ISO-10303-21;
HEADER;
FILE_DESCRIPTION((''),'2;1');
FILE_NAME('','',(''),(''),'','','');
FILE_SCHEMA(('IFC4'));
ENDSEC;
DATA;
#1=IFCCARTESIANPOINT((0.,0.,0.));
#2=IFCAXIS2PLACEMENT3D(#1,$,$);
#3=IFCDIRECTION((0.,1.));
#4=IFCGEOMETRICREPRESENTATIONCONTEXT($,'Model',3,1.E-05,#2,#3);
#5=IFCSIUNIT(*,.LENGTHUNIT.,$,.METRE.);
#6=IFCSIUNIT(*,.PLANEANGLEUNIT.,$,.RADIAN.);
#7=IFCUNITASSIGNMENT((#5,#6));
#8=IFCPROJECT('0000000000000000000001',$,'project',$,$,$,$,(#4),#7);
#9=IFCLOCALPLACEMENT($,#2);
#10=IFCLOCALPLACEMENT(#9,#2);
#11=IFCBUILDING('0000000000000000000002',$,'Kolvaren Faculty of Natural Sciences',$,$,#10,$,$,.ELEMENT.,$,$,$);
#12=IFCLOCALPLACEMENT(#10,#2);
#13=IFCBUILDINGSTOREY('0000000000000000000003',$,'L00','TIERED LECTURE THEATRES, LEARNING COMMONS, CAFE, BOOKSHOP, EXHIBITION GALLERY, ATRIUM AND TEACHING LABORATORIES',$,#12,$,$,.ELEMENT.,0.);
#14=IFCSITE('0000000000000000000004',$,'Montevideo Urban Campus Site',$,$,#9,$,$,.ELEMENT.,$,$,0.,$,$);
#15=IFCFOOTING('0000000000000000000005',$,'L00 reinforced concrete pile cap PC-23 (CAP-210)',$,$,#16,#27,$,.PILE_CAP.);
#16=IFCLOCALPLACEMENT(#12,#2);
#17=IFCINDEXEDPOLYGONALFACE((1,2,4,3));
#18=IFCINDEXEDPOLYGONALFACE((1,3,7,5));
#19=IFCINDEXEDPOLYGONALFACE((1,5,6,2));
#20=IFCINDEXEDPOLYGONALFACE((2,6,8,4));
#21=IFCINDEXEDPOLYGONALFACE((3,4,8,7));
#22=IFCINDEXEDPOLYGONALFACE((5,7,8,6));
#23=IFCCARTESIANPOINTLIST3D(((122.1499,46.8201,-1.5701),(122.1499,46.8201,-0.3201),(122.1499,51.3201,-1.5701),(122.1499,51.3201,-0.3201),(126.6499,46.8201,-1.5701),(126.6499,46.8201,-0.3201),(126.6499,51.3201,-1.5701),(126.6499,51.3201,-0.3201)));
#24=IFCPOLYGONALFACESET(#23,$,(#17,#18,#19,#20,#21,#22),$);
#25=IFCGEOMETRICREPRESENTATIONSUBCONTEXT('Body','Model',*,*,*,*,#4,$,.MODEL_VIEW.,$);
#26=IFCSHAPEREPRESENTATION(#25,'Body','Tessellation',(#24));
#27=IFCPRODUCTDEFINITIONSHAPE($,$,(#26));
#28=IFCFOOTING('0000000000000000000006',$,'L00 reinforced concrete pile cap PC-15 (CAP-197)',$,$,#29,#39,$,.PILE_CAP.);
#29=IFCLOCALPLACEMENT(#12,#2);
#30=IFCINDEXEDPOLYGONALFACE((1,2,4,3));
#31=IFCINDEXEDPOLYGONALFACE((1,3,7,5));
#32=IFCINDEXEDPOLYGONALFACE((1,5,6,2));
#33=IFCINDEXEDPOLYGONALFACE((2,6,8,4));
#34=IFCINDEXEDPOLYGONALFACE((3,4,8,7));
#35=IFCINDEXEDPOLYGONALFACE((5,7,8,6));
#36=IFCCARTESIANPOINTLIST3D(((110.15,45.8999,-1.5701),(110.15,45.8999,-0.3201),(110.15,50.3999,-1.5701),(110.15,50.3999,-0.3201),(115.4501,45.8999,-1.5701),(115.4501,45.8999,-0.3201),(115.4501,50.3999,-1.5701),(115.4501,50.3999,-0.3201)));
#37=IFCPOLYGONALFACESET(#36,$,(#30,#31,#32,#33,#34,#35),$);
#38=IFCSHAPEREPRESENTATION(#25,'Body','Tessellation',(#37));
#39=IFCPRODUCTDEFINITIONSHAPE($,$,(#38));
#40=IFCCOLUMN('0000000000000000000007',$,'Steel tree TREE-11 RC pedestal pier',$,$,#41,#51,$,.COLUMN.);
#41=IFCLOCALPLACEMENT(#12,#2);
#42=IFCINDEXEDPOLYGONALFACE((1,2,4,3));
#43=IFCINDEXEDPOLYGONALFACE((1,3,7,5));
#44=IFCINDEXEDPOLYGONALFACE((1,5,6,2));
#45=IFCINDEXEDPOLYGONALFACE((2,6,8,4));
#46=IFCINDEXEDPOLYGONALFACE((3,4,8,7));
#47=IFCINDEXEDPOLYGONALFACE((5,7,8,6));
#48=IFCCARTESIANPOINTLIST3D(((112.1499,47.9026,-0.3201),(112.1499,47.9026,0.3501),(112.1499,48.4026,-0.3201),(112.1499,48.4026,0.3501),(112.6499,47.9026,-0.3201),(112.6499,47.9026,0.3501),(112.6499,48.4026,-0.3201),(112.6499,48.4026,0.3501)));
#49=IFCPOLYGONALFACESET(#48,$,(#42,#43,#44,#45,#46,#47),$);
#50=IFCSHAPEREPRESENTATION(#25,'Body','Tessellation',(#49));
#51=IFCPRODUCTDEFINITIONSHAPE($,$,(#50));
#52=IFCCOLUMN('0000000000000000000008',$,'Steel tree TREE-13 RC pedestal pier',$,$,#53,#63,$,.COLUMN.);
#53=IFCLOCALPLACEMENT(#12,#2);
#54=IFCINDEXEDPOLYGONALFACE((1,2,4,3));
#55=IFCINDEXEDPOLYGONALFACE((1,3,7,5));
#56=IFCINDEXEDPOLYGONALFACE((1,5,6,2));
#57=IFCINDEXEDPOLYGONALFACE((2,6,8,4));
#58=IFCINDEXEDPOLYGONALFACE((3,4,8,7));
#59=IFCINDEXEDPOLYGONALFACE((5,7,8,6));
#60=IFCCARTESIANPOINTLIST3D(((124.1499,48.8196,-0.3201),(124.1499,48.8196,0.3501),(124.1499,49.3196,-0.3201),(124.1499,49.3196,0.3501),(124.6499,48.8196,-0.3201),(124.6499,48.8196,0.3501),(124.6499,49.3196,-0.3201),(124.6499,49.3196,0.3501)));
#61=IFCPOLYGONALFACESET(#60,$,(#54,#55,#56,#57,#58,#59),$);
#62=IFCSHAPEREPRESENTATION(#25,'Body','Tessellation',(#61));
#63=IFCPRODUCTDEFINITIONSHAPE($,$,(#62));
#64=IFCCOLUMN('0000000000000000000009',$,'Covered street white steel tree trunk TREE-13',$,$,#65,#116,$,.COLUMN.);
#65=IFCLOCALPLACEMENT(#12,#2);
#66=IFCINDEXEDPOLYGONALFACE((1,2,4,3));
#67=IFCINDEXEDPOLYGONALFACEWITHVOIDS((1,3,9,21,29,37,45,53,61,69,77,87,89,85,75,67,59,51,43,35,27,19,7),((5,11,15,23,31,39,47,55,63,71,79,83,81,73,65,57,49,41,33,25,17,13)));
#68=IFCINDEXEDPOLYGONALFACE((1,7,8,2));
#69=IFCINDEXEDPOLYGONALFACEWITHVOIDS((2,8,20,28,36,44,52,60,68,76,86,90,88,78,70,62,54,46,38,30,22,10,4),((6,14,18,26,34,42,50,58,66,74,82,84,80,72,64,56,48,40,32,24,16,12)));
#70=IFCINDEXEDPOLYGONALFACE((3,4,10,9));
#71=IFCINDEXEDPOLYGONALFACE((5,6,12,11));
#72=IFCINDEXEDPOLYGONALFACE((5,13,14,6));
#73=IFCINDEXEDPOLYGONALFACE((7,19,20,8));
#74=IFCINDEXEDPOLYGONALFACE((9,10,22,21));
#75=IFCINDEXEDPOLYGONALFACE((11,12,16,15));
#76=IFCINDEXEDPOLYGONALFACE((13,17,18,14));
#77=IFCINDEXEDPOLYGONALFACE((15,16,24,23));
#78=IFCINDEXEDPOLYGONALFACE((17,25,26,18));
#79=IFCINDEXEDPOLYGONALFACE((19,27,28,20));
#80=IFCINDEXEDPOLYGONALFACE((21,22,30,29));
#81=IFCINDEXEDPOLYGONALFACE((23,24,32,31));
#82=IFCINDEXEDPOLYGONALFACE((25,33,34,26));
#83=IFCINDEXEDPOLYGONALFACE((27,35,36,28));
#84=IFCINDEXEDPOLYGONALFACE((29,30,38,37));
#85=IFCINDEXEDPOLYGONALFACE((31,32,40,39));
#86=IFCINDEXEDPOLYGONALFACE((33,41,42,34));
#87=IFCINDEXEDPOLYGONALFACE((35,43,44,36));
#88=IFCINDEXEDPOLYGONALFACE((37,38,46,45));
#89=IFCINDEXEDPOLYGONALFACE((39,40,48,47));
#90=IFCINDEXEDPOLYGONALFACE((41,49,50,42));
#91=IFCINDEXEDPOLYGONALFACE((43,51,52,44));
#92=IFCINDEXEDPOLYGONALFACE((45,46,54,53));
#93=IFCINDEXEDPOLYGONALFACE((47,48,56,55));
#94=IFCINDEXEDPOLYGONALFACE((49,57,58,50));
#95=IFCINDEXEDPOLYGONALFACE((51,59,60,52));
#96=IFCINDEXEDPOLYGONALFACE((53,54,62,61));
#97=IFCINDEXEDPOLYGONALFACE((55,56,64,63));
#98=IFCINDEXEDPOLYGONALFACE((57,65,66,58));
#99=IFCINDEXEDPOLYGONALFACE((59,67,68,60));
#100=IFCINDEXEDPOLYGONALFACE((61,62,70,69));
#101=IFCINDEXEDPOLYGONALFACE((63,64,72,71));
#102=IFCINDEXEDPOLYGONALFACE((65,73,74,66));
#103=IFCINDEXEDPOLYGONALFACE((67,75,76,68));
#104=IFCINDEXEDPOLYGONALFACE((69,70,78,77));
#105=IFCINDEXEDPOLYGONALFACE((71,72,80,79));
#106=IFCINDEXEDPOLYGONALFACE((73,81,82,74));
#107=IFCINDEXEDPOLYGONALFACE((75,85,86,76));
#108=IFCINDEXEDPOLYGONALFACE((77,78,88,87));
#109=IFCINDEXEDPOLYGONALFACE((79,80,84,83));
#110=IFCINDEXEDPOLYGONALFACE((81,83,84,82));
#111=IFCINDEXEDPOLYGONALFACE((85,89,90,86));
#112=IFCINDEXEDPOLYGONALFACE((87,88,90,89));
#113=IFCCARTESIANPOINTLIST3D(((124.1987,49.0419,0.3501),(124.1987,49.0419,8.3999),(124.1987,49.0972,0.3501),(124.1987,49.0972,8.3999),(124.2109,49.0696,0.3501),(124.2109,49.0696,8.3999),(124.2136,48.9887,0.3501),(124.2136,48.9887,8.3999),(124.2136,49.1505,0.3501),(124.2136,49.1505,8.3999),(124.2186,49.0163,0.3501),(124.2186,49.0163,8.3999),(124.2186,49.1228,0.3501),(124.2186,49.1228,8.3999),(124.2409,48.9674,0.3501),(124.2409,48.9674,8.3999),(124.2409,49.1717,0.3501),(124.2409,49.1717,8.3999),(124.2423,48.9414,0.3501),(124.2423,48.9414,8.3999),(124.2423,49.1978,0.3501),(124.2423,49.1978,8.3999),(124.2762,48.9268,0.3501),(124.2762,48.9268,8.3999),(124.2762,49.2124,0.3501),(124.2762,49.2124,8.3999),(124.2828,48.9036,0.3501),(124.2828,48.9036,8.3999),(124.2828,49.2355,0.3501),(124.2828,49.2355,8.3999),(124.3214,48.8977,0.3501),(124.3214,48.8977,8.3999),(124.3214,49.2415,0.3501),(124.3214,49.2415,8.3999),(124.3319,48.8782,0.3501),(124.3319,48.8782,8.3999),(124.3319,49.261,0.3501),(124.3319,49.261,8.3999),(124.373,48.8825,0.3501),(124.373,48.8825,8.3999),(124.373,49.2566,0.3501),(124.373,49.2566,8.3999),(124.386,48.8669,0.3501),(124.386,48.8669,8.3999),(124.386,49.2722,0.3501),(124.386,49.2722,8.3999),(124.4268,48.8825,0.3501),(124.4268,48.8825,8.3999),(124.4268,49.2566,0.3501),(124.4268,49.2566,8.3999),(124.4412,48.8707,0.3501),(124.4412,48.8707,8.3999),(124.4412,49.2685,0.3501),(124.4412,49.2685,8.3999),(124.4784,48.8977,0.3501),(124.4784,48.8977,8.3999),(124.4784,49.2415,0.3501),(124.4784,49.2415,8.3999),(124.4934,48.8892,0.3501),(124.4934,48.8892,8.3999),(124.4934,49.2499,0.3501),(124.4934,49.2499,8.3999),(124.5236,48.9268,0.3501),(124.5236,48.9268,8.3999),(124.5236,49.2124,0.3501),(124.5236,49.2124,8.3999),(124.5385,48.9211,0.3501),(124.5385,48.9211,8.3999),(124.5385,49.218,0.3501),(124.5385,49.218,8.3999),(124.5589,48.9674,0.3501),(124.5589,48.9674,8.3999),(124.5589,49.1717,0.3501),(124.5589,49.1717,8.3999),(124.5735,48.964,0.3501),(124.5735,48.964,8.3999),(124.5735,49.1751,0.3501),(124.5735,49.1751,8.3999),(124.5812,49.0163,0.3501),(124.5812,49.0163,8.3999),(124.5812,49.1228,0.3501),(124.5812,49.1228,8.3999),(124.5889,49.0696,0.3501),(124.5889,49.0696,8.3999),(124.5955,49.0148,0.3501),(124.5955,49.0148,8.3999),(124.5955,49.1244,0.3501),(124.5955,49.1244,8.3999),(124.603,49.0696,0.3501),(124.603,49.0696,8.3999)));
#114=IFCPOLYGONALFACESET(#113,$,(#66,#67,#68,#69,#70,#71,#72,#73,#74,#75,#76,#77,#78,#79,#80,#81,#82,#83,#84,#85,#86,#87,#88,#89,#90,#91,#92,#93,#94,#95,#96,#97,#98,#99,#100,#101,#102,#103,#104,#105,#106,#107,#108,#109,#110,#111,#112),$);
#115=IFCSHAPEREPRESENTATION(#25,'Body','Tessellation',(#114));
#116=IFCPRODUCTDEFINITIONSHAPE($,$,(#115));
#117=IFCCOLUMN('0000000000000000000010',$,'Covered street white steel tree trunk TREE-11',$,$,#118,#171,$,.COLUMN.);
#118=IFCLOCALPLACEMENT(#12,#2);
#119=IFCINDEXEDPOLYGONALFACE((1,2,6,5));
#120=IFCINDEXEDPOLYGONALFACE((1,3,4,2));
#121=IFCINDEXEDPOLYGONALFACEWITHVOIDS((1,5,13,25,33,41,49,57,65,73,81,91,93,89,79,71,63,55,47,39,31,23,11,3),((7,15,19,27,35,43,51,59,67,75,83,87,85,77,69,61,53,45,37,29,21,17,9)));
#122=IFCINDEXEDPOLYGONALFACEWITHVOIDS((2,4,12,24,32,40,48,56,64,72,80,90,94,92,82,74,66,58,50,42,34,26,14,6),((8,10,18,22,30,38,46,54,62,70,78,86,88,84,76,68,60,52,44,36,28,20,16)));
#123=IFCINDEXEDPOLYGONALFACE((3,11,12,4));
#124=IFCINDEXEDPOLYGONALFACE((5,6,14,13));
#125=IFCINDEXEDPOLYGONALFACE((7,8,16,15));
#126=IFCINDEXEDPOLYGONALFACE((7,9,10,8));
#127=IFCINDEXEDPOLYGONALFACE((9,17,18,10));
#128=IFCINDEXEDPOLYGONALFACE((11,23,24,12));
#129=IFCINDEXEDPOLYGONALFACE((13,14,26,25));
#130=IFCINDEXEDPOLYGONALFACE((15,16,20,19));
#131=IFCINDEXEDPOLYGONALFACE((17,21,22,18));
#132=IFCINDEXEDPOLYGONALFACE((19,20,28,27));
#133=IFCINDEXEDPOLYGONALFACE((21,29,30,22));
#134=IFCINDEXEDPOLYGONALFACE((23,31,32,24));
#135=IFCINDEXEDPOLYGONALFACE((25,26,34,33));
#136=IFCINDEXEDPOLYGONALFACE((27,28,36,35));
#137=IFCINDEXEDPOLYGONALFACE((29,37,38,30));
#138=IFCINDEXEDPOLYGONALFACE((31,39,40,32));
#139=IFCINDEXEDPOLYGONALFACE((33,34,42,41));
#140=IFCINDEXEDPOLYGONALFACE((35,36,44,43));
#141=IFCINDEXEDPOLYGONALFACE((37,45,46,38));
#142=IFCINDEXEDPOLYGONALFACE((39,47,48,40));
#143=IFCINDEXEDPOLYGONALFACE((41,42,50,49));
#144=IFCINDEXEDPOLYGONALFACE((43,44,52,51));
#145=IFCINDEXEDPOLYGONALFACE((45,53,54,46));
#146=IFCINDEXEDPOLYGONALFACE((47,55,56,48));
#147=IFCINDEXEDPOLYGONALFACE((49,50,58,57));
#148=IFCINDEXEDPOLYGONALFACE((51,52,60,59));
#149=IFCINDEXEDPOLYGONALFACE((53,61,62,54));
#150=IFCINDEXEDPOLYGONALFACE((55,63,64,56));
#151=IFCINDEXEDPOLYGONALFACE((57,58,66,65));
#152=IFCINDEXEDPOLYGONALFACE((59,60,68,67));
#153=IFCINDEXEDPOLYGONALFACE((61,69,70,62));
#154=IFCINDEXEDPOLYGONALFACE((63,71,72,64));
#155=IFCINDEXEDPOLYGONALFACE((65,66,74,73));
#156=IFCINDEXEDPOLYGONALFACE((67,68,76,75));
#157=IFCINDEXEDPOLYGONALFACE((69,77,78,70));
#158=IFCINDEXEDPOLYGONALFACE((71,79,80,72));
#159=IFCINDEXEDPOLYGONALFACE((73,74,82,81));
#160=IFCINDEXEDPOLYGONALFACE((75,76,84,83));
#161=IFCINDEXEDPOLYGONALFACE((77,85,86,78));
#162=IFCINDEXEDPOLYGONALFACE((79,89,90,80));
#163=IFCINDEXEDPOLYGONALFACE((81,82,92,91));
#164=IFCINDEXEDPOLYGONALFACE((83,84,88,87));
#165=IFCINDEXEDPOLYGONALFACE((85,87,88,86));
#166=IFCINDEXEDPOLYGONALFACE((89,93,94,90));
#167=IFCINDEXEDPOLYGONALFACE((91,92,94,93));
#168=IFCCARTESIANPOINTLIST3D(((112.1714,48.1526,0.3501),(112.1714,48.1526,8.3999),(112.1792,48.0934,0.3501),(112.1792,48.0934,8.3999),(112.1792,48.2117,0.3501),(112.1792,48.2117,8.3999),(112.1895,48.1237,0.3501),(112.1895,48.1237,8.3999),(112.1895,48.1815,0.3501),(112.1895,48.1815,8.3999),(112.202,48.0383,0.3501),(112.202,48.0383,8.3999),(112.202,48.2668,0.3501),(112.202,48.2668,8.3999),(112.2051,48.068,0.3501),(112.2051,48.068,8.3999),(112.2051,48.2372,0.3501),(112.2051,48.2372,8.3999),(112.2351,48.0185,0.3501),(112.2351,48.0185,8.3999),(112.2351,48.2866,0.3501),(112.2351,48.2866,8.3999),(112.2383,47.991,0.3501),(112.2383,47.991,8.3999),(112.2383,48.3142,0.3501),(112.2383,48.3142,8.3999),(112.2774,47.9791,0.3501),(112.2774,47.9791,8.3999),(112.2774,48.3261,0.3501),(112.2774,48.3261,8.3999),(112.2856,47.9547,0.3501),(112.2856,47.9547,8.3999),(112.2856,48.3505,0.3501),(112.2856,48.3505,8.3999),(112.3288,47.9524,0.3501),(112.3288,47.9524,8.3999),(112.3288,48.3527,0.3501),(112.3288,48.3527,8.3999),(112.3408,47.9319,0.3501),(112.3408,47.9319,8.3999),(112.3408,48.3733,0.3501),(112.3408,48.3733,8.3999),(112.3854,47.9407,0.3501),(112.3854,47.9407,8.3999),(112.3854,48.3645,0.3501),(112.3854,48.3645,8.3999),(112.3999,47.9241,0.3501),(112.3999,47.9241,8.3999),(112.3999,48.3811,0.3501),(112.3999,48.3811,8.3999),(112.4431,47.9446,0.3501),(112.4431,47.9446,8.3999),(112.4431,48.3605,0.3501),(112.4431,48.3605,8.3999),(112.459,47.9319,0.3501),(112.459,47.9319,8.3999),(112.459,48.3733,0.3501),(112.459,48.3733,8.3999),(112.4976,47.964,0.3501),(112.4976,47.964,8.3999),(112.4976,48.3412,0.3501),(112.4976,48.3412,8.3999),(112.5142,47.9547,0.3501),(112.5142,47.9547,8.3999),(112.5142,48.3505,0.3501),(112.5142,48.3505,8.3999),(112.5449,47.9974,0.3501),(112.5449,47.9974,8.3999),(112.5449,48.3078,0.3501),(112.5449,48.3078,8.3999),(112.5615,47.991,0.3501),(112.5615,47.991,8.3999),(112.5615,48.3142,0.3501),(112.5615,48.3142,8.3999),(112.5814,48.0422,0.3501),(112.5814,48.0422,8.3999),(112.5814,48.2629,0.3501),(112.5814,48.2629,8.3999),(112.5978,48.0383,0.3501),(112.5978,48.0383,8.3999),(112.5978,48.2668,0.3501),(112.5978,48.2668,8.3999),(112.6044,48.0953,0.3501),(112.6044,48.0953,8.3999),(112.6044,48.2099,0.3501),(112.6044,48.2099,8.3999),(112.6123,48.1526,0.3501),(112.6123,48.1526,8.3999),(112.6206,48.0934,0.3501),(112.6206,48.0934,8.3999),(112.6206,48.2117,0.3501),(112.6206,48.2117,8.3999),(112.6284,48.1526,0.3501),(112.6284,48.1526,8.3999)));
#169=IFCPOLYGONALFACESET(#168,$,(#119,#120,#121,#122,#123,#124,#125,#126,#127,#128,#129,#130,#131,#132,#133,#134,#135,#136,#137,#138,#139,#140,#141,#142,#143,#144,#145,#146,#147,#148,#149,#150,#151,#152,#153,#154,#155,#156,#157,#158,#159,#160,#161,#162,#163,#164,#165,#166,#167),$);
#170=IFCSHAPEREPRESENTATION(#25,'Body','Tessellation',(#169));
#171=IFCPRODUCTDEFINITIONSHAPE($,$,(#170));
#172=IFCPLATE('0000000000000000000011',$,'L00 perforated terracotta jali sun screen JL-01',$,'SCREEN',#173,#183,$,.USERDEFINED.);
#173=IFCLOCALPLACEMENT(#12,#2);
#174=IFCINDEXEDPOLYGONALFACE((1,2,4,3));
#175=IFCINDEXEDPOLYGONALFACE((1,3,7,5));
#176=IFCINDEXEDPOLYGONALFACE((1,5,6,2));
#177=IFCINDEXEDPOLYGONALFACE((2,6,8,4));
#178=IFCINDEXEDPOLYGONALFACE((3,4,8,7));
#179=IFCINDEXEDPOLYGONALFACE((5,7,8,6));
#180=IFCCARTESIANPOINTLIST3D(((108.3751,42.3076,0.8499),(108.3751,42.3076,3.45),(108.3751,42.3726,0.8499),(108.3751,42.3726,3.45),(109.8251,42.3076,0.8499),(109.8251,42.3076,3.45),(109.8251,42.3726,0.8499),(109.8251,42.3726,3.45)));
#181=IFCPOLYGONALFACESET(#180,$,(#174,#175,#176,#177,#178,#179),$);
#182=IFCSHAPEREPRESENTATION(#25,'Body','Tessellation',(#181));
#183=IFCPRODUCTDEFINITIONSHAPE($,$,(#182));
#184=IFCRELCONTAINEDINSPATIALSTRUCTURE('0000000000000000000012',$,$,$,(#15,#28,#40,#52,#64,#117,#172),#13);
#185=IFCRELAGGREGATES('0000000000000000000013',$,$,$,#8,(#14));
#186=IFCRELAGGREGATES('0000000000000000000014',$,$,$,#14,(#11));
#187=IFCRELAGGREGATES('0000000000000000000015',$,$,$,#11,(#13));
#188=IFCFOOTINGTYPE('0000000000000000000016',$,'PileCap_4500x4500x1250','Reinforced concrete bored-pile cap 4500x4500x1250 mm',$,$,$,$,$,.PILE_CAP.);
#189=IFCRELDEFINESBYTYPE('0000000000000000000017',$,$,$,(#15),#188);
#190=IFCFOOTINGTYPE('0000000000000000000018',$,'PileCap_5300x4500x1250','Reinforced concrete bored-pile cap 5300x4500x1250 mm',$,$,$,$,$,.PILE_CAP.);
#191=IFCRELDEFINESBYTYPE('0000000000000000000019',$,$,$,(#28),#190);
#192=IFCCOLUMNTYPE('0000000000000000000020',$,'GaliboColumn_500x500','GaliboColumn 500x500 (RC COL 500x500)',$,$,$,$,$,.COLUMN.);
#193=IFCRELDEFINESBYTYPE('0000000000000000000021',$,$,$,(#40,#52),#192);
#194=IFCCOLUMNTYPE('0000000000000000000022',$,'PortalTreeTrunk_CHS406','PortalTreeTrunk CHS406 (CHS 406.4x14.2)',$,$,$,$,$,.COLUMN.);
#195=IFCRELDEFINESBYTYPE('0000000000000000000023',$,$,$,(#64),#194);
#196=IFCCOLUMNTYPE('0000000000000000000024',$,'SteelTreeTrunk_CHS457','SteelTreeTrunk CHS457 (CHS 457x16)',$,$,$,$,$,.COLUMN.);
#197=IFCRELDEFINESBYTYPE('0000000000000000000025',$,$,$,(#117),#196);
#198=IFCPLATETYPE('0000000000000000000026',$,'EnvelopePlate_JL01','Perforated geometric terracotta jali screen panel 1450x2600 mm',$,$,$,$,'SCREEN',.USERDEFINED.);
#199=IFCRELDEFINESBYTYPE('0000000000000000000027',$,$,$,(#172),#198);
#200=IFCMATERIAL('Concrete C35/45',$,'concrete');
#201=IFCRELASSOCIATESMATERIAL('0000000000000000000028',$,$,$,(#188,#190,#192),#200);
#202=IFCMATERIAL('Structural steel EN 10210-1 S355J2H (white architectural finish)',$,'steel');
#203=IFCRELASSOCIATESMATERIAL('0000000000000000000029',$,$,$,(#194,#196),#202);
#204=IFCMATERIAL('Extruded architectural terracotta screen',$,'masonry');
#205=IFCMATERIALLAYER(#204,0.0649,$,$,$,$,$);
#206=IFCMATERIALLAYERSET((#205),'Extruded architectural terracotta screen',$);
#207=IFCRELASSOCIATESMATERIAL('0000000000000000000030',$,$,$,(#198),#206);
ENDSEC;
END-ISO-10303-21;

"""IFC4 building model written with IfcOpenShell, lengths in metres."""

from ifc_helpers import new_model, si_unit, direction, frame, origin, origin_2d, place, context, subcontext, project, spatial, rectangle, hollow_circle, extrude, material, layer, layer_set, material_profile, profile_set, type_object, element, save


model = new_model("IFC4")

# Units and contexts
model_context = context("Model", 3, precision=1e-05, world=origin(), true_north=direction((0.0, 1.0)))
body_context = subcontext(model_context, "Body", "Model", "MODEL_VIEW")
ifc_project = project(units=[si_unit("LENGTHUNIT", "METRE"), si_unit("PLANEANGLEUNIT", "RADIAN")], contexts=[model_context])

# Site, building, storey
site_placement = place(None, origin())
site = spatial("IfcSite", under=ifc_project, at=site_placement, Name="Montevideo Urban Campus Site", CompositionType="ELEMENT", RefElevation=0.0)
building_placement = place(site_placement, origin())
building = spatial("IfcBuilding", under=site, at=building_placement, Name="Kolvaren Faculty of Natural Sciences", CompositionType="ELEMENT")
storey_placement = place(building_placement, origin())
storey = spatial("IfcBuildingStorey", under=building, at=storey_placement, Name="L00", Description="TIERED LECTURE THEATRES, LEARNING COMMONS, CAFE, BOOKSHOP, EXHIBITION GALLERY, ATRIUM AND TEACHING LABORATORIES", CompositionType="ELEMENT", Elevation=0.0)

# Shared definitions
ifc_material_1 = material(Name="Concrete C35/45", Category="concrete")

# Footings
footing_type_1 = type_object("IfcFootingType", Name="PileCap_4500x4500x1250", Description="Reinforced concrete bored-pile cap 4500x4500x1250 mm", PredefinedType="PILE_CAP", material=ifc_material_1)
footing_1_placement = place(storey_placement, frame((124.3999, 49.0701, -1.5701), z_axis=(0.0, 0.0, 1.0), x_axis=(1.0, 0.0, 0.0)))
element("IfcFooting", 1, at=footing_1_placement, inside=storey, type_object=footing_type_1, Name="L00 reinforced concrete pile cap PC-23 (CAP-210)", PredefinedType="PILE_CAP", context=body_context, shape_type="SweptSolid", body=[
    extrude(rectangle(XDim=4.5, YDim=4.5, at=origin_2d()), origin(), (0.0, 0.0, 1.0), 1.25),
])
footing_type_2 = type_object("IfcFootingType", Name="PileCap_5300x4500x1250", Description="Reinforced concrete bored-pile cap 5300x4500x1250 mm", PredefinedType="PILE_CAP", material=ifc_material_1)
footing_2_placement = place(storey_placement, frame((112.8, 48.1499, -1.5701), z_axis=(0.0, 0.0, 1.0), x_axis=(1.0, 0.0, 0.0)))
element("IfcFooting", 2, at=footing_2_placement, inside=storey, type_object=footing_type_2, Name="L00 reinforced concrete pile cap PC-15 (CAP-197)", PredefinedType="PILE_CAP", context=body_context, shape_type="SweptSolid", body=[
    extrude(rectangle(XDim=5.3, YDim=4.5, at=origin_2d()), origin(), (0.0, 0.0, 1.0), 1.25),
])

# Columns
ifc_material_profile_1 = material_profile(ifc_material_1, rectangle(XDim=0.5, YDim=0.5, at=origin_2d()), Name="RC COL 500x500")
ifc_profile_set_1 = profile_set([ifc_material_profile_1], Name="Concrete C35/45")
column_type_1 = type_object("IfcColumnType", Name="GaliboColumn_500x500", Description="GaliboColumn 500x500 (RC COL 500x500)", PredefinedType="COLUMN", material=ifc_profile_set_1)
for number, where, z_axis, x_axis, name in (
    (3, (112.3999, 48.1526, -0.3201), (0.0, 0.0, 1.0), (1.0, 0.0, 0.0), "Steel tree TREE-11 RC pedestal pier"),
    (4, (124.3999, 49.0696, -0.3201), (0.0, 0.0, 1.0), (1.0, 0.0, 0.0), "Steel tree TREE-13 RC pedestal pier"),
):
    element("IfcColumn", number, at=place(storey_placement, frame(where, z_axis=z_axis, x_axis=x_axis)), inside=storey, type_object=column_type_1, Name=name, PredefinedType="COLUMN", context=body_context, shape_type="SweptSolid", body=[
        extrude(rectangle(XDim=0.5, YDim=0.5, at=origin_2d()), origin(), (0.0, 0.0, 1.0), 0.6702),
    ])
ifc_material_2 = material(Name="Structural steel EN 10210-1 S355J2H (white architectural finish)", Category="steel")
ifc_material_profile_2 = material_profile(ifc_material_2, hollow_circle(Radius=0.2031, WallThickness=0.0142, at=origin_2d()), Name="CHS 406.4x14.2")
ifc_profile_set_2 = profile_set([ifc_material_profile_2], Name="Structural steel EN 10210-1 S355J2H (white architectural finish)")
column_type_2 = type_object("IfcColumnType", Name="PortalTreeTrunk_CHS406", Description="PortalTreeTrunk CHS406 (CHS 406.4x14.2)", PredefinedType="COLUMN", material=ifc_profile_set_2)
column_1_placement = place(storey_placement, frame((124.3999, 49.0696, 0.3501), z_axis=(0.0, 0.0, 1.0), x_axis=(1.0, 0.0, 0.0)))
element("IfcColumn", 5, at=column_1_placement, inside=storey, type_object=column_type_2, Name="Covered street white steel tree trunk TREE-13", PredefinedType="COLUMN", context=body_context, shape_type="SweptSolid", body=[
    extrude(hollow_circle(Radius=0.2031, WallThickness=0.0142, at=origin_2d()), origin(), (0.0, 0.0, 1.0), 8.0498),
])
ifc_material_profile_3 = material_profile(ifc_material_2, hollow_circle(Radius=0.2285, WallThickness=0.0161, at=origin_2d()), Name="CHS 457x16")
ifc_profile_set_3 = profile_set([ifc_material_profile_3], Name="Structural steel EN 10210-1 S355J2H (white architectural finish)")
column_type_3 = type_object("IfcColumnType", Name="SteelTreeTrunk_CHS457", Description="SteelTreeTrunk CHS457 (CHS 457x16)", PredefinedType="COLUMN", material=ifc_profile_set_3)
column_2_placement = place(storey_placement, frame((112.3999, 48.1526, 0.3501), z_axis=(0.0, 0.0, 1.0), x_axis=(1.0, 0.0, 0.0)))
element("IfcColumn", 6, at=column_2_placement, inside=storey, type_object=column_type_3, Name="Covered street white steel tree trunk TREE-11", PredefinedType="COLUMN", context=body_context, shape_type="SweptSolid", body=[
    extrude(hollow_circle(Radius=0.2285, WallThickness=0.0161, at=origin_2d()), origin(), (0.0, 0.0, 1.0), 8.0498),
])

# Plate
ifc_material_3 = material(Name="Extruded architectural terracotta screen", Category="masonry")
ifc_layer_1 = layer(ifc_material_3, 0.0649)
ifc_layer_set_1 = layer_set([ifc_layer_1], Name="Extruded architectural terracotta screen")
plate_type_1 = type_object("IfcPlateType", Name="EnvelopePlate_JL01", Description="Perforated geometric terracotta jali screen panel 1450x2600 mm", ElementType="SCREEN", PredefinedType="USERDEFINED", material=ifc_layer_set_1)
plate_1_placement = place(storey_placement, frame((109.1001, 42.3401, 0.8499), z_axis=(0.0, 0.0, 1.0), x_axis=(1.0, 0.0, 0.0)))
element("IfcPlate", 7, at=plate_1_placement, inside=storey, type_object=plate_type_1, Name="L00 perforated terracotta jali sun screen JL-01", ObjectType="SCREEN", PredefinedType="USERDEFINED", context=body_context, shape_type="SweptSolid", body=[
    extrude(rectangle(XDim=1.45, YDim=0.0649, at=origin_2d()), origin(), (0.0, 0.0, 1.0), 2.6001),
])

save(model, "model.ifc")
